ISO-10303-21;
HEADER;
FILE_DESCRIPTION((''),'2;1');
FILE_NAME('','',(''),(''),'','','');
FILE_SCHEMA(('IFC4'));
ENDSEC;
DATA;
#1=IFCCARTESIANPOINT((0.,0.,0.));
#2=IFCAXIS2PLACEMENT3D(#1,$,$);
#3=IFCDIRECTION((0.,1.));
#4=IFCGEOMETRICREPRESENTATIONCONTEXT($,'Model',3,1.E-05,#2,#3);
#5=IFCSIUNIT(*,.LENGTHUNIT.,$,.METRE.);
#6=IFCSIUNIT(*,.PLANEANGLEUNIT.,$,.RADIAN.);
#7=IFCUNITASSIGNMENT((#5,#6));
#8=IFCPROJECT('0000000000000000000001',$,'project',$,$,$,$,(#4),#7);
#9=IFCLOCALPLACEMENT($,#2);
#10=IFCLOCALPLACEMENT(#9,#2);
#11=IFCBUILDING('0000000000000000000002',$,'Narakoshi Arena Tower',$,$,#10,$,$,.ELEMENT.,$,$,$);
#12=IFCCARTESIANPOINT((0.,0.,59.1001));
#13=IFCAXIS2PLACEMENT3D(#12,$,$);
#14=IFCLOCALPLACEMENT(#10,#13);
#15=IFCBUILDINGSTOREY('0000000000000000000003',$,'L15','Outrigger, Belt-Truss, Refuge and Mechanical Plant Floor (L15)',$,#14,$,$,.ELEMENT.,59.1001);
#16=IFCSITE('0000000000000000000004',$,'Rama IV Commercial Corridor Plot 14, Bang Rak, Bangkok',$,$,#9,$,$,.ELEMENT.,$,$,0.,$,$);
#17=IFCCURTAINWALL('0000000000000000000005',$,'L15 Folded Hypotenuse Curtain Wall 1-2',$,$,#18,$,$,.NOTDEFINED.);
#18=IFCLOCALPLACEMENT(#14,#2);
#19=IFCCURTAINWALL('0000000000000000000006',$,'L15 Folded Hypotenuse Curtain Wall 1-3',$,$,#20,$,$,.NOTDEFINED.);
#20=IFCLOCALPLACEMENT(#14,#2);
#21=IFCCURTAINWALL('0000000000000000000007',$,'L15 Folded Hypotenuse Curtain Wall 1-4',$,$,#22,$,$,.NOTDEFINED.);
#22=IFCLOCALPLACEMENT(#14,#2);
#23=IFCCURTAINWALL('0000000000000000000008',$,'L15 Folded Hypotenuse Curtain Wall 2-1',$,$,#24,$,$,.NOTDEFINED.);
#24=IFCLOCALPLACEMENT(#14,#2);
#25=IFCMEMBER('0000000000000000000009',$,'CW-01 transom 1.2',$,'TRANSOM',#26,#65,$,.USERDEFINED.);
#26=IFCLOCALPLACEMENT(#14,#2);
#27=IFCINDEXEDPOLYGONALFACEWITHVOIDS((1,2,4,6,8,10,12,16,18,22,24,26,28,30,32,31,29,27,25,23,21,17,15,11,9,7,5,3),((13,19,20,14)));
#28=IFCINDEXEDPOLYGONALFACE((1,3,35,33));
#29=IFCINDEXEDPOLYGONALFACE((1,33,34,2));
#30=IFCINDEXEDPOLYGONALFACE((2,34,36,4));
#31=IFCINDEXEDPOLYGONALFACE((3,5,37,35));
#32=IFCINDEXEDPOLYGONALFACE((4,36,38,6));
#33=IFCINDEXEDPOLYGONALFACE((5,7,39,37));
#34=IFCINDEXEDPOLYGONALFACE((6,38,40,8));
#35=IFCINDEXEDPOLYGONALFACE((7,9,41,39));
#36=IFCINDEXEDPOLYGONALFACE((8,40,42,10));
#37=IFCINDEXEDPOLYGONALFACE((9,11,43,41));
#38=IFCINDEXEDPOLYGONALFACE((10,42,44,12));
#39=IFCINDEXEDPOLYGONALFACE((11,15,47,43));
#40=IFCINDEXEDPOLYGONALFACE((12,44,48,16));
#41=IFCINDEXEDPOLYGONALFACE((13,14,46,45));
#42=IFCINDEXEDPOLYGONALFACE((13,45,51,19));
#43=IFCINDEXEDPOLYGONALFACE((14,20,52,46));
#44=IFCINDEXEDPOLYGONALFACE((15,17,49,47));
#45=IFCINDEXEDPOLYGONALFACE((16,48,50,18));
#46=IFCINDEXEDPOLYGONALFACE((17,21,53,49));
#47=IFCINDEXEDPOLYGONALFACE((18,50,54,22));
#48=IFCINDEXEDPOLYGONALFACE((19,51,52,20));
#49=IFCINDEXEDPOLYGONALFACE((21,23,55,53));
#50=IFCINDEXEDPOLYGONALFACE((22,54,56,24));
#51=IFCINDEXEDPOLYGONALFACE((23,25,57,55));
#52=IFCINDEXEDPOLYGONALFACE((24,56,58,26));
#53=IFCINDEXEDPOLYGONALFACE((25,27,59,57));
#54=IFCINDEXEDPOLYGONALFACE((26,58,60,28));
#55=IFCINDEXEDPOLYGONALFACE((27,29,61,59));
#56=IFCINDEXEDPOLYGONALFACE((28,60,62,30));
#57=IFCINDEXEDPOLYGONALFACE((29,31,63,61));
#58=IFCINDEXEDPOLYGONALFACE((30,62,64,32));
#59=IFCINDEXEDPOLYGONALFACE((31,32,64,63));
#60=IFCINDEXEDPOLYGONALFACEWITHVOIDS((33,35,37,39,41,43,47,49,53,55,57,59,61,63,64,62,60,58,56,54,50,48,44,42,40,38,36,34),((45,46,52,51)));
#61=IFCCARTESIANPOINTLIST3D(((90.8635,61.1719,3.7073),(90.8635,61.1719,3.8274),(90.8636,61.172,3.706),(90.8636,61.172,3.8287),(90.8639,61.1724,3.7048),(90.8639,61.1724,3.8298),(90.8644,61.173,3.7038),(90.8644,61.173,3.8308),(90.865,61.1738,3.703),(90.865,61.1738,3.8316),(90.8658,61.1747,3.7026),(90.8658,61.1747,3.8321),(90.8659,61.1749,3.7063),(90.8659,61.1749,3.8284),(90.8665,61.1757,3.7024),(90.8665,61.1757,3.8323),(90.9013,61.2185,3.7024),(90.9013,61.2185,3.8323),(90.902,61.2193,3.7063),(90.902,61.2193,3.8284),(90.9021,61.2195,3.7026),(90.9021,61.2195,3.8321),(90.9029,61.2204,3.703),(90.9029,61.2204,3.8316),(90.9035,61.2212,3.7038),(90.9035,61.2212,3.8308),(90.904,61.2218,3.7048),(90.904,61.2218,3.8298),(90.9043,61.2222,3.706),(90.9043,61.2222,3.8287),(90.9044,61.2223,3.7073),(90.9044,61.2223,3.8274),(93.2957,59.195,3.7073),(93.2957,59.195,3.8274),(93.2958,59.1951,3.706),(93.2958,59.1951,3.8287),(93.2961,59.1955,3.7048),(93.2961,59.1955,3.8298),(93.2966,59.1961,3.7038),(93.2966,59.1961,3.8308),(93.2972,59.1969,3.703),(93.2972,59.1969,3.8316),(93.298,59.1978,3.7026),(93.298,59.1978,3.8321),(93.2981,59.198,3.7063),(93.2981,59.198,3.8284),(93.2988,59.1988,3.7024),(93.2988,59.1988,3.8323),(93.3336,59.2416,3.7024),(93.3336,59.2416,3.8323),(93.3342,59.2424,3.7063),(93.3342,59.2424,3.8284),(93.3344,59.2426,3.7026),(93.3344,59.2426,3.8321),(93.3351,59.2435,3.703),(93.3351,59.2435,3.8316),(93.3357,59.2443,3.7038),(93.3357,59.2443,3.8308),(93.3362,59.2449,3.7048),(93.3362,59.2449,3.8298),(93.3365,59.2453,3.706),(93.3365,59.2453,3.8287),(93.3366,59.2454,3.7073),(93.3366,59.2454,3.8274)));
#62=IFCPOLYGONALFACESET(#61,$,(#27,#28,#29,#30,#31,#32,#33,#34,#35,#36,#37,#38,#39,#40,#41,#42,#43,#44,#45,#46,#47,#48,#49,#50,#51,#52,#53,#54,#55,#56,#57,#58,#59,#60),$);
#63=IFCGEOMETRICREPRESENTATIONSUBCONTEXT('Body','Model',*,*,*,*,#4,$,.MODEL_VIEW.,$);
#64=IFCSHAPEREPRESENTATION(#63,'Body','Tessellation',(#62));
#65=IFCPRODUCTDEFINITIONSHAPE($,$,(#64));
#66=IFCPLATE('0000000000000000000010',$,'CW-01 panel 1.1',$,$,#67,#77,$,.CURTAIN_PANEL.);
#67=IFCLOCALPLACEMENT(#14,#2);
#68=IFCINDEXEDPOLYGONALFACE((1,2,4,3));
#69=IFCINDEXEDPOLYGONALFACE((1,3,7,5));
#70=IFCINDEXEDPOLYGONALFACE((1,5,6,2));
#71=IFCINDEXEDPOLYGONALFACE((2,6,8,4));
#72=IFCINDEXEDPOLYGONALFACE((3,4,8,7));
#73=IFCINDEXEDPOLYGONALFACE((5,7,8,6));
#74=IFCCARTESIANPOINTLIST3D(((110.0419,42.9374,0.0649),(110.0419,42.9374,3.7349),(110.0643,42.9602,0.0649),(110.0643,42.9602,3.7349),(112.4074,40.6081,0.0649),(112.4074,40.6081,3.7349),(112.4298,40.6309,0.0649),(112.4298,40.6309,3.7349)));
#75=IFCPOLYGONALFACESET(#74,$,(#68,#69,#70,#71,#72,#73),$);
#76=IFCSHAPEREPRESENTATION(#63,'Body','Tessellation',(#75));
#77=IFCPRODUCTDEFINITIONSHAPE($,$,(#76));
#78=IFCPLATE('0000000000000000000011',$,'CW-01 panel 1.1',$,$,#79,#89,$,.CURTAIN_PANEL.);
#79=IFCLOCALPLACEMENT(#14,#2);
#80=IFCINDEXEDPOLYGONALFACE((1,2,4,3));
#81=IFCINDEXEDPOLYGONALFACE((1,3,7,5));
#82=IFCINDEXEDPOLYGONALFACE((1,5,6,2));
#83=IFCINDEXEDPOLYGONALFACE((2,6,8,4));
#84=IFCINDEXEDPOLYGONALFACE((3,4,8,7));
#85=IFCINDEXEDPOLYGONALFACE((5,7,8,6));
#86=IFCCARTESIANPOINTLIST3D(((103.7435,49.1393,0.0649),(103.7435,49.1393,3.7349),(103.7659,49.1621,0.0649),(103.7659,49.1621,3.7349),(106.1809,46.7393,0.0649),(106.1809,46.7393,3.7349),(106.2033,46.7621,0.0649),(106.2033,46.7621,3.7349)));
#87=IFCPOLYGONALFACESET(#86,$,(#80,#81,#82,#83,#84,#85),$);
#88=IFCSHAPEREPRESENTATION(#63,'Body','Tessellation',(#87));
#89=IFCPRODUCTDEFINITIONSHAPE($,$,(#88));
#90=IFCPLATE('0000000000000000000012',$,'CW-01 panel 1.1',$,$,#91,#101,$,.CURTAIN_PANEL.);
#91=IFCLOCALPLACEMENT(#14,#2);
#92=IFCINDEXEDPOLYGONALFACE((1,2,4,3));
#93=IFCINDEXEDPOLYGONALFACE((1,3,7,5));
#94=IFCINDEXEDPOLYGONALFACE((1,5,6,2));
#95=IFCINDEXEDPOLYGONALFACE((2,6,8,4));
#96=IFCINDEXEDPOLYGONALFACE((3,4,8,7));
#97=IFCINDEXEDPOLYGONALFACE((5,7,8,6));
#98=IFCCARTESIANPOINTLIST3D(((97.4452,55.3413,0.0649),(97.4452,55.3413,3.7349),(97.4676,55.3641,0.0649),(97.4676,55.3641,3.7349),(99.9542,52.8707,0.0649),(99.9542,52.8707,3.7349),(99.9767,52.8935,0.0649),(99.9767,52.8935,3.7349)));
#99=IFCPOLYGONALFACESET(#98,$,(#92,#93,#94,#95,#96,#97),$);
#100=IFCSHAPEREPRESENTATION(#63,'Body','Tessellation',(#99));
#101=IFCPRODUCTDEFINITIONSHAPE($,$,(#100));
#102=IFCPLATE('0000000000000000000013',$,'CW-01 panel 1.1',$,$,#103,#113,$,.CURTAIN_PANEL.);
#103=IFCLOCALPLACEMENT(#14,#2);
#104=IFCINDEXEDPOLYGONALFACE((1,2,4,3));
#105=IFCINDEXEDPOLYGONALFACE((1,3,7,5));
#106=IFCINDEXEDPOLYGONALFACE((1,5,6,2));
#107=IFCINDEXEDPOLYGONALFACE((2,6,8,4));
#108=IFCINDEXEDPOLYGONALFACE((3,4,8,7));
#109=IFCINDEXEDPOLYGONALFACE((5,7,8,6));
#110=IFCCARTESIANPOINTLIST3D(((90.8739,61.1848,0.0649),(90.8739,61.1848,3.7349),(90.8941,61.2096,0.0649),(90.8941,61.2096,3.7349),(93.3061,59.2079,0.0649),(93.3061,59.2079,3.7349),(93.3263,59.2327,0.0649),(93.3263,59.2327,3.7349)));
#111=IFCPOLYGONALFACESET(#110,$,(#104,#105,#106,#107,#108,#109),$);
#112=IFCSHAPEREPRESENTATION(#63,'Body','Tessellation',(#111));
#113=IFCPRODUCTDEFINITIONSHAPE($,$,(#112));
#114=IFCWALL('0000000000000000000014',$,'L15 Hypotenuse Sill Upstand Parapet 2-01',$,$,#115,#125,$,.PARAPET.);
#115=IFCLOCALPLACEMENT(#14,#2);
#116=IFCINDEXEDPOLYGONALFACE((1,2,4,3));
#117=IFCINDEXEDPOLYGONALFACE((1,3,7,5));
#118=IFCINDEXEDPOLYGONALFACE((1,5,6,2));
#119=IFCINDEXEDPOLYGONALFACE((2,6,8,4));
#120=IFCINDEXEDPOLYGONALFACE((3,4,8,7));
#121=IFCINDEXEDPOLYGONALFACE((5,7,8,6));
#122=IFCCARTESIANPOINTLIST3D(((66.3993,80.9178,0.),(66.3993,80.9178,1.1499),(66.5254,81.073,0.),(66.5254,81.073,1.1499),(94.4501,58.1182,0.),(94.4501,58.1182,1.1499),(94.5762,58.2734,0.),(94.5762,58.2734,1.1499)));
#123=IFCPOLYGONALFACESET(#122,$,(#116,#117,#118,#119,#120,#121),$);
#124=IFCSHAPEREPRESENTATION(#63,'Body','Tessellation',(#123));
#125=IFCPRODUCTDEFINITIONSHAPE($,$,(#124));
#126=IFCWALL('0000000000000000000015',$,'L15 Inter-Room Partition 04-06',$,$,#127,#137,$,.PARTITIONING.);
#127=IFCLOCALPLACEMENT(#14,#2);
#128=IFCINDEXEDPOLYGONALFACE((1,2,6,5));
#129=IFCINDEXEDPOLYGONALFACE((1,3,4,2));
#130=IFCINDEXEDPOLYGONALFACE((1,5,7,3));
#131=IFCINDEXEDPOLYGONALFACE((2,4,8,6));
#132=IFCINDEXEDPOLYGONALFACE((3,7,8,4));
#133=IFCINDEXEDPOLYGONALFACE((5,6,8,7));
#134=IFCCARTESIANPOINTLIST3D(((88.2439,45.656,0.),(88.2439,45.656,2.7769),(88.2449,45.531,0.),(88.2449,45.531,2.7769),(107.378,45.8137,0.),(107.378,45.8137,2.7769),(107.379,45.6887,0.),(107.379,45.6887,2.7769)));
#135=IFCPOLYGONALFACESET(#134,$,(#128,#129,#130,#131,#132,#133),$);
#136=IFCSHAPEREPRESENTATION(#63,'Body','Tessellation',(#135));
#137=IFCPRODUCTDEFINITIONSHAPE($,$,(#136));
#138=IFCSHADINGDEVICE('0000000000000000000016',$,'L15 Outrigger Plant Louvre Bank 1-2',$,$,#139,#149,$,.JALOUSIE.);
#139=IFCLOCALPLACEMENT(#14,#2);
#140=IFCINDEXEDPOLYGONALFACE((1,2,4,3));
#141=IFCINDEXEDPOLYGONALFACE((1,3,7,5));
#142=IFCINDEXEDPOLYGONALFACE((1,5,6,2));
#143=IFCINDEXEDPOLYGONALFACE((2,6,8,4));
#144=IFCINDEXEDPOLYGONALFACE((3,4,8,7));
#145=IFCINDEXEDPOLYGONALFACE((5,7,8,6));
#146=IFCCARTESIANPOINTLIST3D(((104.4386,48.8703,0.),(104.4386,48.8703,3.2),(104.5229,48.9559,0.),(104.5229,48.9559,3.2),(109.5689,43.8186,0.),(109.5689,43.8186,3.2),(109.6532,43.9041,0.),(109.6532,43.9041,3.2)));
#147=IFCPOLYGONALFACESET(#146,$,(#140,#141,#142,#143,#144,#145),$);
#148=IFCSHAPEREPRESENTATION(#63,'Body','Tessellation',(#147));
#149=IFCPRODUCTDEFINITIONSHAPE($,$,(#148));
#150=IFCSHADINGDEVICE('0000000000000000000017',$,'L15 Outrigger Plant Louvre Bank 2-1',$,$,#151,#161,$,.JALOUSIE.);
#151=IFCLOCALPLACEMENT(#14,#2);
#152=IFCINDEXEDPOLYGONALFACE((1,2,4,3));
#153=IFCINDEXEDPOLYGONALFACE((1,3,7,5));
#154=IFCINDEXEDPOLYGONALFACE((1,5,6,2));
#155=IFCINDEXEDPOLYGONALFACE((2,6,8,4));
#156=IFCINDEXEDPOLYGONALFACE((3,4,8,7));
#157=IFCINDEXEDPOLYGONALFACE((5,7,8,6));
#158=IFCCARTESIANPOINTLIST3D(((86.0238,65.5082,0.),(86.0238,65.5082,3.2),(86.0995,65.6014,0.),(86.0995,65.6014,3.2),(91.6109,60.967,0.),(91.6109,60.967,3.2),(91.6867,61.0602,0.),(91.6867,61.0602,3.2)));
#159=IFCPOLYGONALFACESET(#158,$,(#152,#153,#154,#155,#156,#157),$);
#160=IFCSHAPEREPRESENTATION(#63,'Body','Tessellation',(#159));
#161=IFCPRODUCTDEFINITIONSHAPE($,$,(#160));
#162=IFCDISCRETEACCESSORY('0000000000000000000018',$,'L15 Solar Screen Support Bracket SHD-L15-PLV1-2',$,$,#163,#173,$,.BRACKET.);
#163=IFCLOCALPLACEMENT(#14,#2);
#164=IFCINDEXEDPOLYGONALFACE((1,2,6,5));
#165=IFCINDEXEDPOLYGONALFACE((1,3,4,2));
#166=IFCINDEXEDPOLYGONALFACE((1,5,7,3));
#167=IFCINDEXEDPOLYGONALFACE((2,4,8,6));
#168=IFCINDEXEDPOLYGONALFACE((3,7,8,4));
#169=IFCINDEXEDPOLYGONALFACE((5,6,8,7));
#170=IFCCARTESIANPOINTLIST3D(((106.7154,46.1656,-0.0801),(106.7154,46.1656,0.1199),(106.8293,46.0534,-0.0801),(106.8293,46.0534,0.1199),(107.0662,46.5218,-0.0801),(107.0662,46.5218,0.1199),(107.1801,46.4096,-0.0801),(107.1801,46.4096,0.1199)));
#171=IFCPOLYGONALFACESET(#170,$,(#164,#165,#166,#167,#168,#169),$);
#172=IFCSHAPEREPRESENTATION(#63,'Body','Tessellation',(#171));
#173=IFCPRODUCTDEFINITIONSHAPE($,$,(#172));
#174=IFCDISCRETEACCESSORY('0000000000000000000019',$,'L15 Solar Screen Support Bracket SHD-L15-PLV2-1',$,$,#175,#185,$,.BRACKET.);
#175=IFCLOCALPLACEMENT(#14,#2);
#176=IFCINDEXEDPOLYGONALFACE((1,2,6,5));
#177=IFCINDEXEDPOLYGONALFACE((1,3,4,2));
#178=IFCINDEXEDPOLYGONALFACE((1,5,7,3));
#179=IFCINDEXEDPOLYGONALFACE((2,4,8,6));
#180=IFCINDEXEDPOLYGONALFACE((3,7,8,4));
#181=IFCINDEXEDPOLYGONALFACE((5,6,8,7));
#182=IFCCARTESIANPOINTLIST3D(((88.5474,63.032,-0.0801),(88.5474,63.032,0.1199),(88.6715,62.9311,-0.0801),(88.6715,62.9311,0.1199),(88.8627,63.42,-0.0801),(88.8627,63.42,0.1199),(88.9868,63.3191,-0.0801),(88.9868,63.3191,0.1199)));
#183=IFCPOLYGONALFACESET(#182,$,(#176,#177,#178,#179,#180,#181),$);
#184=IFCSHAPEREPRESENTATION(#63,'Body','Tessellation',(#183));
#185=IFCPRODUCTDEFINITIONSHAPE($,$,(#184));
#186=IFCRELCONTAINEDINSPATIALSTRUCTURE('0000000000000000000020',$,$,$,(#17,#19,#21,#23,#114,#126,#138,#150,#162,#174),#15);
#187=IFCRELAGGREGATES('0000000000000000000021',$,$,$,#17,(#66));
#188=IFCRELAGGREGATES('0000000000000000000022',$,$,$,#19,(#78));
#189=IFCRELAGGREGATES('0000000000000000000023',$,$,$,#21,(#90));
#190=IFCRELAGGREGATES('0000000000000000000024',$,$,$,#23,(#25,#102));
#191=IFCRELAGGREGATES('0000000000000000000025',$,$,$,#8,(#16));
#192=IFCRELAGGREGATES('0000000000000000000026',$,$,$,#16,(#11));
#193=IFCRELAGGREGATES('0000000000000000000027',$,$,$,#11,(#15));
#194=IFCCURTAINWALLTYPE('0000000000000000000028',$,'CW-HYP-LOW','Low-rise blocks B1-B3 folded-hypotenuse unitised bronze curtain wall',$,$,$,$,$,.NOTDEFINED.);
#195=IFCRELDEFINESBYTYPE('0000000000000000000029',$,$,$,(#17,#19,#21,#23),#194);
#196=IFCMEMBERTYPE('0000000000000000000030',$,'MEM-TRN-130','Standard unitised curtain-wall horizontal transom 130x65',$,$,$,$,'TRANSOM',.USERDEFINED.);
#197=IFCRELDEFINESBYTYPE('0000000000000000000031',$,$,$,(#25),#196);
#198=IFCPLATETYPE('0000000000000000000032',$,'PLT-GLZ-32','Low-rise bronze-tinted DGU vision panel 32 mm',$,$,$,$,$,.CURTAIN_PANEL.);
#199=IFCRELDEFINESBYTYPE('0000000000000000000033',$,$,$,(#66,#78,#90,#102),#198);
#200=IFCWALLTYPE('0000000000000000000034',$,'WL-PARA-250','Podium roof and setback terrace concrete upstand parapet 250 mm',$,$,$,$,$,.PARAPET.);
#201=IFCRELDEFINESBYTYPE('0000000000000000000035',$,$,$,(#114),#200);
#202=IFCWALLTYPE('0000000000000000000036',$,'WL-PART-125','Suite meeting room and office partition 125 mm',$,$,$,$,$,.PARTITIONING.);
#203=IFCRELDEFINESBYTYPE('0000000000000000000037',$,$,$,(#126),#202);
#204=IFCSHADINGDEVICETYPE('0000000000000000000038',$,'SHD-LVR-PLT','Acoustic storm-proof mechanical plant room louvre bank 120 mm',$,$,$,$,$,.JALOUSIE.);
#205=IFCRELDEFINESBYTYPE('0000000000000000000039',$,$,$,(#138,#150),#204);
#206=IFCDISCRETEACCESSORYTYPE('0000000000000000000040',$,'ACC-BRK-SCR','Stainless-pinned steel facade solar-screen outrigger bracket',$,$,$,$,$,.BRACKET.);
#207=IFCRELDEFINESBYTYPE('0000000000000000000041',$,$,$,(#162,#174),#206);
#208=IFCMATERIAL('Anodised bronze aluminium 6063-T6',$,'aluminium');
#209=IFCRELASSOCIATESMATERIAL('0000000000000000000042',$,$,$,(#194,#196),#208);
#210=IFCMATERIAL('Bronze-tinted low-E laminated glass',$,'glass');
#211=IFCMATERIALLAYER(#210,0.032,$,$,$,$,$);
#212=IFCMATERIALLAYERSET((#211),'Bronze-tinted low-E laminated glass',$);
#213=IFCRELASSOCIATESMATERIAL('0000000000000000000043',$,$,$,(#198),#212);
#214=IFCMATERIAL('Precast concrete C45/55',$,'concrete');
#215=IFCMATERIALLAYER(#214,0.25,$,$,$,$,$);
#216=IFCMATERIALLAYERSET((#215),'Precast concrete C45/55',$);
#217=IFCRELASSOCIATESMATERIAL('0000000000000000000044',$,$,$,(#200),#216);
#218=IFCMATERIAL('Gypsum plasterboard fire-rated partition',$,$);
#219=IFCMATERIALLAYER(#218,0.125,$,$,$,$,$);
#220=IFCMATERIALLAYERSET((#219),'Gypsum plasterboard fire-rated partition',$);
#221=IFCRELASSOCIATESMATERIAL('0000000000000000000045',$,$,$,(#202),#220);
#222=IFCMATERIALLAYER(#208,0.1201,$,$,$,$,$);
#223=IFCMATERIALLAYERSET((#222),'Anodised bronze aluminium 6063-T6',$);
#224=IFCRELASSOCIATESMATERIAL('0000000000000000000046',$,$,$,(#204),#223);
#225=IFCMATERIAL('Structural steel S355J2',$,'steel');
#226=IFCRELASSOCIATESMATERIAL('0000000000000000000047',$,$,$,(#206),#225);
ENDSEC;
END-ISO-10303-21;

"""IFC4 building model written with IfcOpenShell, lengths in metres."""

from ifc_helpers import new_model, si_unit, direction, frame, frame_2d, origin, origin_2d, place, context, subcontext, project, spatial, rectangle, hollow_rectangle, extrude, material, layer, layer_set, material_profile, profile_set, type_object, element, aggregate, save


model = new_model("IFC4")

# Units and contexts
model_context = context("Model", 3, precision=1e-05, world=origin(), true_north=direction((0.0, 1.0)))
body_context = subcontext(model_context, "Body", "Model", "MODEL_VIEW")
ifc_project = project(units=[si_unit("LENGTHUNIT", "METRE"), si_unit("PLANEANGLEUNIT", "RADIAN")], contexts=[model_context])

# Site, building, storey
site_placement = place(None, origin())
site = spatial("IfcSite", under=ifc_project, at=site_placement, Name="Rama IV Commercial Corridor Plot 14, Bang Rak, Bangkok", CompositionType="ELEMENT", RefElevation=0.0)
building_placement = place(site_placement, origin())
building = spatial("IfcBuilding", under=site, at=building_placement, Name="Narakoshi Arena Tower", CompositionType="ELEMENT")
storey_placement = place(building_placement, frame((0.0, 0.0, 59.1001)))
storey = spatial("IfcBuildingStorey", under=building, at=storey_placement, Name="L15", Description="Outrigger, Belt-Truss, Refuge and Mechanical Plant Floor (L15)", CompositionType="ELEMENT", Elevation=59.1001)

# Shared definitions
ifc_material_1 = material(Name="Structural steel S355J2", Category="steel")

# Curtain wall
ifc_material_2 = material(Name="Anodised bronze aluminium 6063-T6", Category="aluminium")
curtain_wall_type = type_object("IfcCurtainWallType", Name="CW-HYP-LOW", Description="Low-rise blocks B1-B3 folded-hypotenuse unitised bronze curtain wall", PredefinedType="NOTDEFINED", material=ifc_material_2)
curtain_wall_1_placement = place(storey_placement, origin())
curtain_wall_1 = element("IfcCurtainWall", 1, at=curtain_wall_1_placement, inside=storey, type_object=curtain_wall_type, Name="L15 Folded Hypotenuse Curtain Wall 1-2", PredefinedType="NOTDEFINED")

# Curtain walls
curtain_wall_2_placement = place(storey_placement, origin())
curtain_wall_2 = element("IfcCurtainWall", 2, at=curtain_wall_2_placement, inside=storey, type_object=curtain_wall_type, Name="L15 Folded Hypotenuse Curtain Wall 1-3", PredefinedType="NOTDEFINED")
curtain_wall_3_placement = place(storey_placement, origin())
curtain_wall_3 = element("IfcCurtainWall", 3, at=curtain_wall_3_placement, inside=storey, type_object=curtain_wall_type, Name="L15 Folded Hypotenuse Curtain Wall 1-4", PredefinedType="NOTDEFINED")
curtain_wall_4_placement = place(storey_placement, origin())
curtain_wall_4 = element("IfcCurtainWall", 4, at=curtain_wall_4_placement, inside=storey, type_object=curtain_wall_type, Name="L15 Folded Hypotenuse Curtain Wall 2-1", PredefinedType="NOTDEFINED")

# Member
ifc_material_profile_1 = material_profile(ifc_material_2, hollow_rectangle(XDim=0.0649, YDim=0.1299, WallThickness=0.0039, OuterFilletRadius=0.0049, at=origin_2d()), Name="TRN130x65x4")
ifc_profile_set_1 = profile_set([ifc_material_profile_1], Name="Anodised bronze aluminium 6063-T6")
member_type_1 = type_object("IfcMemberType", Name="MEM-TRN-130", Description="Standard unitised curtain-wall horizontal transom 130x65", ElementType="TRANSOM", PredefinedType="USERDEFINED", material=ifc_profile_set_1)
member_1_placement = place(storey_placement, frame((93.3162, 59.2202, 3.7673), z_axis=(-0.776004, 0.630728, 0.0), x_axis=(-0.630728, -0.776004, 0.0)))
member_1 = element("IfcMember", 5, at=member_1_placement, type_object=member_type_1, Name="CW-01 transom 1.2", ObjectType="TRANSOM", PredefinedType="USERDEFINED", context=body_context, shape_type="SweptSolid", body=[
    extrude(hollow_rectangle(XDim=0.0649, YDim=0.1299, WallThickness=0.0039, OuterFilletRadius=0.0049, at=origin_2d()), origin(), (0.0, 0.0, 1.0), 3.1343),
])

# Plates
ifc_material_3 = material(Name="Bronze-tinted low-E laminated glass", Category="glass")
ifc_layer_1 = layer(ifc_material_3, 0.032)
ifc_layer_set_1 = layer_set([ifc_layer_1], Name="Bronze-tinted low-E laminated glass")
plate_type = type_object("IfcPlateType", Name="PLT-GLZ-32", Description="Low-rise bronze-tinted DGU vision panel 32 mm", PredefinedType="CURTAIN_PANEL", material=ifc_layer_set_1)
plate_1_placement = place(storey_placement, frame((111.2358, 41.7842, 0.0649), z_axis=(0.0, 0.0, 1.0), x_axis=(-0.712533, 0.701639, 0.0)))
plate_1 = element("IfcPlate", 6, at=plate_1_placement, type_object=plate_type, Name="CW-01 panel 1.1", PredefinedType="CURTAIN_PANEL", context=body_context, shape_type="SweptSolid", body=[
    extrude(rectangle(XDim=3.3198, YDim=0.032, at=origin_2d()), origin(), (0.0, 0.0, 1.0), 3.6699),
])
aggregate(curtain_wall_1, [plate_1])
plate_2_placement = place(storey_placement, frame((104.9734, 47.9507, 0.0649), z_axis=(0.0, 0.0, 1.0), x_axis=(-0.712547, 0.701624, 0.0)))
plate_2 = element("IfcPlate", 7, at=plate_2_placement, type_object=plate_type, Name="CW-01 panel 1.1", PredefinedType="CURTAIN_PANEL", context=body_context, shape_type="SweptSolid", body=[
    extrude(rectangle(XDim=3.4207, YDim=0.032, at=origin_2d()), origin(), (0.0, 0.0, 1.0), 3.6699),
])
aggregate(curtain_wall_2, [plate_2])
plate_3_placement = place(storey_placement, frame((98.7109, 54.1174, 0.0649), z_axis=(0.0, 0.0, 1.0), x_axis=(-0.712547, 0.701624, 0.0)))
plate_3 = element("IfcPlate", 8, at=plate_3_placement, type_object=plate_type, Name="CW-01 panel 1.1", PredefinedType="CURTAIN_PANEL", context=body_context, shape_type="SweptSolid", body=[
    extrude(rectangle(XDim=3.5212, YDim=0.032, at=origin_2d()), origin(), (0.0, 0.0, 1.0), 3.6699),
])
aggregate(curtain_wall_3, [plate_3])
plate_4_placement = place(storey_placement, frame((92.1001, 60.2087, 0.0649), z_axis=(0.0, 0.0, 1.0), x_axis=(-0.776, 0.630732, 0.0)))
plate_4 = element("IfcPlate", 9, at=plate_4_placement, type_object=plate_type, Name="CW-01 panel 1.1", PredefinedType="CURTAIN_PANEL", context=body_context, shape_type="SweptSolid", body=[
    extrude(rectangle(XDim=3.1343, YDim=0.032, at=origin_2d()), origin(), (0.0, 0.0, 1.0), 3.6699),
])
aggregate(curtain_wall_4, [member_1, plate_4])

# Walls
ifc_material_4 = material(Name="Precast concrete C45/55", Category="concrete")
ifc_layer_2 = layer(ifc_material_4, 0.25)
ifc_layer_set_2 = layer_set([ifc_layer_2], Name="Precast concrete C45/55")
wall_type_1 = type_object("IfcWallType", Name="WL-PARA-250", Description="Podium roof and setback terrace concrete upstand parapet 250 mm", PredefinedType="PARAPET", material=ifc_layer_set_2)
wall_1_placement = place(storey_placement, frame((94.5132, 58.1958, 0.0), z_axis=(0.0, 0.0, 1.0), x_axis=(-0.776002, 0.630731, 0.0)))
element("IfcWall", 10, at=wall_1_placement, inside=storey, type_object=wall_type_1, Name="L15 Hypotenuse Sill Upstand Parapet 2-01", PredefinedType="PARAPET", context=body_context, shape_type="SweptSolid", body=[
    extrude(rectangle(XDim=36.1479, YDim=0.2, at=frame_2d((18.074, 0.0))), origin(), (0.0, 0.0, 1.0), 1.1499),
])
ifc_material_5 = material(Name="Gypsum plasterboard fire-rated partition")
ifc_layer_3 = layer(ifc_material_5, 0.125)
ifc_layer_set_3 = layer_set([ifc_layer_3], Name="Gypsum plasterboard fire-rated partition")
wall_type_2 = type_object("IfcWallType", Name="WL-PART-125", Description="Suite meeting room and office partition 125 mm", PredefinedType="PARTITIONING", material=ifc_layer_set_3)
wall_2_placement = place(storey_placement, frame((88.2444, 45.5935, 0.0), z_axis=(0.0, 0.0, 1.0), x_axis=(0.999966, 0.008242, 0.0)))
element("IfcWall", 11, at=wall_2_placement, inside=storey, type_object=wall_type_2, Name="L15 Inter-Room Partition 04-06", PredefinedType="PARTITIONING", context=body_context, shape_type="SweptSolid", body=[
    extrude(rectangle(XDim=19.1348, YDim=0.125, at=frame_2d((9.5674, 0.0))), origin(), (0.0, 0.0, 1.0), 2.7769),
])

# Shading devices
ifc_layer_4 = layer(ifc_material_2, 0.1201)
ifc_layer_set_4 = layer_set([ifc_layer_4], Name="Anodised bronze aluminium 6063-T6")
shading_device_type = type_object("IfcShadingDeviceType", Name="SHD-LVR-PLT", Description="Acoustic storm-proof mechanical plant room louvre bank 120 mm", PredefinedType="JALOUSIE", material=ifc_layer_set_4)
for number, where, z_axis, x_axis, name in (
    (12, (107.0459, 46.3872, 0.0), (0.0, 0.0, 1.0), (-0.712541, 0.701631, 0.0), "L15 Outrigger Plant Louvre Bank 1-2"),
    (13, (88.8552, 63.2842, 0.0), (0.0, 0.0, 1.0), (-0.776002, 0.63073, 0.0), "L15 Outrigger Plant Louvre Bank 2-1"),
):
    element("IfcShadingDevice", number, at=place(storey_placement, frame(where, z_axis=z_axis, x_axis=x_axis)), inside=storey, type_object=shading_device_type, Name=name, PredefinedType="JALOUSIE", context=body_context, shape_type="SweptSolid", body=[
        extrude(rectangle(XDim=7.2, YDim=0.1201, at=origin_2d()), origin(), (0.0, 0.0, 1.0), 3.2),
    ])

# Discrete accessories
discrete_accessory_type = type_object("IfcDiscreteAccessoryType", Name="ACC-BRK-SCR", Description="Stainless-pinned steel facade solar-screen outrigger bracket", PredefinedType="BRACKET", material=ifc_material_1)
for number, where, z_axis, x_axis, name in (
    (14, (106.9478, 46.2876, -0.0801), (0.0, 0.0, 1.0), (-0.712541, 0.701631, 0.0), "L15 Solar Screen Support Bracket SHD-L15-PLV1-2"),
    (15, (88.7671, 63.1755, -0.0801), (0.0, 0.0, 1.0), (-0.776002, 0.63073, 0.0), "L15 Solar Screen Support Bracket SHD-L15-PLV2-1"),
):
    element("IfcDiscreteAccessory", number, at=place(storey_placement, frame(where, z_axis=z_axis, x_axis=x_axis)), inside=storey, type_object=discrete_accessory_type, Name=name, PredefinedType="BRACKET", context=body_context, shape_type="SweptSolid", body=[
        extrude(rectangle(XDim=0.1599, YDim=0.5, at=origin_2d()), origin(), (0.0, 0.0, 1.0), 0.2),
    ])

save(model, "model.ifc")
